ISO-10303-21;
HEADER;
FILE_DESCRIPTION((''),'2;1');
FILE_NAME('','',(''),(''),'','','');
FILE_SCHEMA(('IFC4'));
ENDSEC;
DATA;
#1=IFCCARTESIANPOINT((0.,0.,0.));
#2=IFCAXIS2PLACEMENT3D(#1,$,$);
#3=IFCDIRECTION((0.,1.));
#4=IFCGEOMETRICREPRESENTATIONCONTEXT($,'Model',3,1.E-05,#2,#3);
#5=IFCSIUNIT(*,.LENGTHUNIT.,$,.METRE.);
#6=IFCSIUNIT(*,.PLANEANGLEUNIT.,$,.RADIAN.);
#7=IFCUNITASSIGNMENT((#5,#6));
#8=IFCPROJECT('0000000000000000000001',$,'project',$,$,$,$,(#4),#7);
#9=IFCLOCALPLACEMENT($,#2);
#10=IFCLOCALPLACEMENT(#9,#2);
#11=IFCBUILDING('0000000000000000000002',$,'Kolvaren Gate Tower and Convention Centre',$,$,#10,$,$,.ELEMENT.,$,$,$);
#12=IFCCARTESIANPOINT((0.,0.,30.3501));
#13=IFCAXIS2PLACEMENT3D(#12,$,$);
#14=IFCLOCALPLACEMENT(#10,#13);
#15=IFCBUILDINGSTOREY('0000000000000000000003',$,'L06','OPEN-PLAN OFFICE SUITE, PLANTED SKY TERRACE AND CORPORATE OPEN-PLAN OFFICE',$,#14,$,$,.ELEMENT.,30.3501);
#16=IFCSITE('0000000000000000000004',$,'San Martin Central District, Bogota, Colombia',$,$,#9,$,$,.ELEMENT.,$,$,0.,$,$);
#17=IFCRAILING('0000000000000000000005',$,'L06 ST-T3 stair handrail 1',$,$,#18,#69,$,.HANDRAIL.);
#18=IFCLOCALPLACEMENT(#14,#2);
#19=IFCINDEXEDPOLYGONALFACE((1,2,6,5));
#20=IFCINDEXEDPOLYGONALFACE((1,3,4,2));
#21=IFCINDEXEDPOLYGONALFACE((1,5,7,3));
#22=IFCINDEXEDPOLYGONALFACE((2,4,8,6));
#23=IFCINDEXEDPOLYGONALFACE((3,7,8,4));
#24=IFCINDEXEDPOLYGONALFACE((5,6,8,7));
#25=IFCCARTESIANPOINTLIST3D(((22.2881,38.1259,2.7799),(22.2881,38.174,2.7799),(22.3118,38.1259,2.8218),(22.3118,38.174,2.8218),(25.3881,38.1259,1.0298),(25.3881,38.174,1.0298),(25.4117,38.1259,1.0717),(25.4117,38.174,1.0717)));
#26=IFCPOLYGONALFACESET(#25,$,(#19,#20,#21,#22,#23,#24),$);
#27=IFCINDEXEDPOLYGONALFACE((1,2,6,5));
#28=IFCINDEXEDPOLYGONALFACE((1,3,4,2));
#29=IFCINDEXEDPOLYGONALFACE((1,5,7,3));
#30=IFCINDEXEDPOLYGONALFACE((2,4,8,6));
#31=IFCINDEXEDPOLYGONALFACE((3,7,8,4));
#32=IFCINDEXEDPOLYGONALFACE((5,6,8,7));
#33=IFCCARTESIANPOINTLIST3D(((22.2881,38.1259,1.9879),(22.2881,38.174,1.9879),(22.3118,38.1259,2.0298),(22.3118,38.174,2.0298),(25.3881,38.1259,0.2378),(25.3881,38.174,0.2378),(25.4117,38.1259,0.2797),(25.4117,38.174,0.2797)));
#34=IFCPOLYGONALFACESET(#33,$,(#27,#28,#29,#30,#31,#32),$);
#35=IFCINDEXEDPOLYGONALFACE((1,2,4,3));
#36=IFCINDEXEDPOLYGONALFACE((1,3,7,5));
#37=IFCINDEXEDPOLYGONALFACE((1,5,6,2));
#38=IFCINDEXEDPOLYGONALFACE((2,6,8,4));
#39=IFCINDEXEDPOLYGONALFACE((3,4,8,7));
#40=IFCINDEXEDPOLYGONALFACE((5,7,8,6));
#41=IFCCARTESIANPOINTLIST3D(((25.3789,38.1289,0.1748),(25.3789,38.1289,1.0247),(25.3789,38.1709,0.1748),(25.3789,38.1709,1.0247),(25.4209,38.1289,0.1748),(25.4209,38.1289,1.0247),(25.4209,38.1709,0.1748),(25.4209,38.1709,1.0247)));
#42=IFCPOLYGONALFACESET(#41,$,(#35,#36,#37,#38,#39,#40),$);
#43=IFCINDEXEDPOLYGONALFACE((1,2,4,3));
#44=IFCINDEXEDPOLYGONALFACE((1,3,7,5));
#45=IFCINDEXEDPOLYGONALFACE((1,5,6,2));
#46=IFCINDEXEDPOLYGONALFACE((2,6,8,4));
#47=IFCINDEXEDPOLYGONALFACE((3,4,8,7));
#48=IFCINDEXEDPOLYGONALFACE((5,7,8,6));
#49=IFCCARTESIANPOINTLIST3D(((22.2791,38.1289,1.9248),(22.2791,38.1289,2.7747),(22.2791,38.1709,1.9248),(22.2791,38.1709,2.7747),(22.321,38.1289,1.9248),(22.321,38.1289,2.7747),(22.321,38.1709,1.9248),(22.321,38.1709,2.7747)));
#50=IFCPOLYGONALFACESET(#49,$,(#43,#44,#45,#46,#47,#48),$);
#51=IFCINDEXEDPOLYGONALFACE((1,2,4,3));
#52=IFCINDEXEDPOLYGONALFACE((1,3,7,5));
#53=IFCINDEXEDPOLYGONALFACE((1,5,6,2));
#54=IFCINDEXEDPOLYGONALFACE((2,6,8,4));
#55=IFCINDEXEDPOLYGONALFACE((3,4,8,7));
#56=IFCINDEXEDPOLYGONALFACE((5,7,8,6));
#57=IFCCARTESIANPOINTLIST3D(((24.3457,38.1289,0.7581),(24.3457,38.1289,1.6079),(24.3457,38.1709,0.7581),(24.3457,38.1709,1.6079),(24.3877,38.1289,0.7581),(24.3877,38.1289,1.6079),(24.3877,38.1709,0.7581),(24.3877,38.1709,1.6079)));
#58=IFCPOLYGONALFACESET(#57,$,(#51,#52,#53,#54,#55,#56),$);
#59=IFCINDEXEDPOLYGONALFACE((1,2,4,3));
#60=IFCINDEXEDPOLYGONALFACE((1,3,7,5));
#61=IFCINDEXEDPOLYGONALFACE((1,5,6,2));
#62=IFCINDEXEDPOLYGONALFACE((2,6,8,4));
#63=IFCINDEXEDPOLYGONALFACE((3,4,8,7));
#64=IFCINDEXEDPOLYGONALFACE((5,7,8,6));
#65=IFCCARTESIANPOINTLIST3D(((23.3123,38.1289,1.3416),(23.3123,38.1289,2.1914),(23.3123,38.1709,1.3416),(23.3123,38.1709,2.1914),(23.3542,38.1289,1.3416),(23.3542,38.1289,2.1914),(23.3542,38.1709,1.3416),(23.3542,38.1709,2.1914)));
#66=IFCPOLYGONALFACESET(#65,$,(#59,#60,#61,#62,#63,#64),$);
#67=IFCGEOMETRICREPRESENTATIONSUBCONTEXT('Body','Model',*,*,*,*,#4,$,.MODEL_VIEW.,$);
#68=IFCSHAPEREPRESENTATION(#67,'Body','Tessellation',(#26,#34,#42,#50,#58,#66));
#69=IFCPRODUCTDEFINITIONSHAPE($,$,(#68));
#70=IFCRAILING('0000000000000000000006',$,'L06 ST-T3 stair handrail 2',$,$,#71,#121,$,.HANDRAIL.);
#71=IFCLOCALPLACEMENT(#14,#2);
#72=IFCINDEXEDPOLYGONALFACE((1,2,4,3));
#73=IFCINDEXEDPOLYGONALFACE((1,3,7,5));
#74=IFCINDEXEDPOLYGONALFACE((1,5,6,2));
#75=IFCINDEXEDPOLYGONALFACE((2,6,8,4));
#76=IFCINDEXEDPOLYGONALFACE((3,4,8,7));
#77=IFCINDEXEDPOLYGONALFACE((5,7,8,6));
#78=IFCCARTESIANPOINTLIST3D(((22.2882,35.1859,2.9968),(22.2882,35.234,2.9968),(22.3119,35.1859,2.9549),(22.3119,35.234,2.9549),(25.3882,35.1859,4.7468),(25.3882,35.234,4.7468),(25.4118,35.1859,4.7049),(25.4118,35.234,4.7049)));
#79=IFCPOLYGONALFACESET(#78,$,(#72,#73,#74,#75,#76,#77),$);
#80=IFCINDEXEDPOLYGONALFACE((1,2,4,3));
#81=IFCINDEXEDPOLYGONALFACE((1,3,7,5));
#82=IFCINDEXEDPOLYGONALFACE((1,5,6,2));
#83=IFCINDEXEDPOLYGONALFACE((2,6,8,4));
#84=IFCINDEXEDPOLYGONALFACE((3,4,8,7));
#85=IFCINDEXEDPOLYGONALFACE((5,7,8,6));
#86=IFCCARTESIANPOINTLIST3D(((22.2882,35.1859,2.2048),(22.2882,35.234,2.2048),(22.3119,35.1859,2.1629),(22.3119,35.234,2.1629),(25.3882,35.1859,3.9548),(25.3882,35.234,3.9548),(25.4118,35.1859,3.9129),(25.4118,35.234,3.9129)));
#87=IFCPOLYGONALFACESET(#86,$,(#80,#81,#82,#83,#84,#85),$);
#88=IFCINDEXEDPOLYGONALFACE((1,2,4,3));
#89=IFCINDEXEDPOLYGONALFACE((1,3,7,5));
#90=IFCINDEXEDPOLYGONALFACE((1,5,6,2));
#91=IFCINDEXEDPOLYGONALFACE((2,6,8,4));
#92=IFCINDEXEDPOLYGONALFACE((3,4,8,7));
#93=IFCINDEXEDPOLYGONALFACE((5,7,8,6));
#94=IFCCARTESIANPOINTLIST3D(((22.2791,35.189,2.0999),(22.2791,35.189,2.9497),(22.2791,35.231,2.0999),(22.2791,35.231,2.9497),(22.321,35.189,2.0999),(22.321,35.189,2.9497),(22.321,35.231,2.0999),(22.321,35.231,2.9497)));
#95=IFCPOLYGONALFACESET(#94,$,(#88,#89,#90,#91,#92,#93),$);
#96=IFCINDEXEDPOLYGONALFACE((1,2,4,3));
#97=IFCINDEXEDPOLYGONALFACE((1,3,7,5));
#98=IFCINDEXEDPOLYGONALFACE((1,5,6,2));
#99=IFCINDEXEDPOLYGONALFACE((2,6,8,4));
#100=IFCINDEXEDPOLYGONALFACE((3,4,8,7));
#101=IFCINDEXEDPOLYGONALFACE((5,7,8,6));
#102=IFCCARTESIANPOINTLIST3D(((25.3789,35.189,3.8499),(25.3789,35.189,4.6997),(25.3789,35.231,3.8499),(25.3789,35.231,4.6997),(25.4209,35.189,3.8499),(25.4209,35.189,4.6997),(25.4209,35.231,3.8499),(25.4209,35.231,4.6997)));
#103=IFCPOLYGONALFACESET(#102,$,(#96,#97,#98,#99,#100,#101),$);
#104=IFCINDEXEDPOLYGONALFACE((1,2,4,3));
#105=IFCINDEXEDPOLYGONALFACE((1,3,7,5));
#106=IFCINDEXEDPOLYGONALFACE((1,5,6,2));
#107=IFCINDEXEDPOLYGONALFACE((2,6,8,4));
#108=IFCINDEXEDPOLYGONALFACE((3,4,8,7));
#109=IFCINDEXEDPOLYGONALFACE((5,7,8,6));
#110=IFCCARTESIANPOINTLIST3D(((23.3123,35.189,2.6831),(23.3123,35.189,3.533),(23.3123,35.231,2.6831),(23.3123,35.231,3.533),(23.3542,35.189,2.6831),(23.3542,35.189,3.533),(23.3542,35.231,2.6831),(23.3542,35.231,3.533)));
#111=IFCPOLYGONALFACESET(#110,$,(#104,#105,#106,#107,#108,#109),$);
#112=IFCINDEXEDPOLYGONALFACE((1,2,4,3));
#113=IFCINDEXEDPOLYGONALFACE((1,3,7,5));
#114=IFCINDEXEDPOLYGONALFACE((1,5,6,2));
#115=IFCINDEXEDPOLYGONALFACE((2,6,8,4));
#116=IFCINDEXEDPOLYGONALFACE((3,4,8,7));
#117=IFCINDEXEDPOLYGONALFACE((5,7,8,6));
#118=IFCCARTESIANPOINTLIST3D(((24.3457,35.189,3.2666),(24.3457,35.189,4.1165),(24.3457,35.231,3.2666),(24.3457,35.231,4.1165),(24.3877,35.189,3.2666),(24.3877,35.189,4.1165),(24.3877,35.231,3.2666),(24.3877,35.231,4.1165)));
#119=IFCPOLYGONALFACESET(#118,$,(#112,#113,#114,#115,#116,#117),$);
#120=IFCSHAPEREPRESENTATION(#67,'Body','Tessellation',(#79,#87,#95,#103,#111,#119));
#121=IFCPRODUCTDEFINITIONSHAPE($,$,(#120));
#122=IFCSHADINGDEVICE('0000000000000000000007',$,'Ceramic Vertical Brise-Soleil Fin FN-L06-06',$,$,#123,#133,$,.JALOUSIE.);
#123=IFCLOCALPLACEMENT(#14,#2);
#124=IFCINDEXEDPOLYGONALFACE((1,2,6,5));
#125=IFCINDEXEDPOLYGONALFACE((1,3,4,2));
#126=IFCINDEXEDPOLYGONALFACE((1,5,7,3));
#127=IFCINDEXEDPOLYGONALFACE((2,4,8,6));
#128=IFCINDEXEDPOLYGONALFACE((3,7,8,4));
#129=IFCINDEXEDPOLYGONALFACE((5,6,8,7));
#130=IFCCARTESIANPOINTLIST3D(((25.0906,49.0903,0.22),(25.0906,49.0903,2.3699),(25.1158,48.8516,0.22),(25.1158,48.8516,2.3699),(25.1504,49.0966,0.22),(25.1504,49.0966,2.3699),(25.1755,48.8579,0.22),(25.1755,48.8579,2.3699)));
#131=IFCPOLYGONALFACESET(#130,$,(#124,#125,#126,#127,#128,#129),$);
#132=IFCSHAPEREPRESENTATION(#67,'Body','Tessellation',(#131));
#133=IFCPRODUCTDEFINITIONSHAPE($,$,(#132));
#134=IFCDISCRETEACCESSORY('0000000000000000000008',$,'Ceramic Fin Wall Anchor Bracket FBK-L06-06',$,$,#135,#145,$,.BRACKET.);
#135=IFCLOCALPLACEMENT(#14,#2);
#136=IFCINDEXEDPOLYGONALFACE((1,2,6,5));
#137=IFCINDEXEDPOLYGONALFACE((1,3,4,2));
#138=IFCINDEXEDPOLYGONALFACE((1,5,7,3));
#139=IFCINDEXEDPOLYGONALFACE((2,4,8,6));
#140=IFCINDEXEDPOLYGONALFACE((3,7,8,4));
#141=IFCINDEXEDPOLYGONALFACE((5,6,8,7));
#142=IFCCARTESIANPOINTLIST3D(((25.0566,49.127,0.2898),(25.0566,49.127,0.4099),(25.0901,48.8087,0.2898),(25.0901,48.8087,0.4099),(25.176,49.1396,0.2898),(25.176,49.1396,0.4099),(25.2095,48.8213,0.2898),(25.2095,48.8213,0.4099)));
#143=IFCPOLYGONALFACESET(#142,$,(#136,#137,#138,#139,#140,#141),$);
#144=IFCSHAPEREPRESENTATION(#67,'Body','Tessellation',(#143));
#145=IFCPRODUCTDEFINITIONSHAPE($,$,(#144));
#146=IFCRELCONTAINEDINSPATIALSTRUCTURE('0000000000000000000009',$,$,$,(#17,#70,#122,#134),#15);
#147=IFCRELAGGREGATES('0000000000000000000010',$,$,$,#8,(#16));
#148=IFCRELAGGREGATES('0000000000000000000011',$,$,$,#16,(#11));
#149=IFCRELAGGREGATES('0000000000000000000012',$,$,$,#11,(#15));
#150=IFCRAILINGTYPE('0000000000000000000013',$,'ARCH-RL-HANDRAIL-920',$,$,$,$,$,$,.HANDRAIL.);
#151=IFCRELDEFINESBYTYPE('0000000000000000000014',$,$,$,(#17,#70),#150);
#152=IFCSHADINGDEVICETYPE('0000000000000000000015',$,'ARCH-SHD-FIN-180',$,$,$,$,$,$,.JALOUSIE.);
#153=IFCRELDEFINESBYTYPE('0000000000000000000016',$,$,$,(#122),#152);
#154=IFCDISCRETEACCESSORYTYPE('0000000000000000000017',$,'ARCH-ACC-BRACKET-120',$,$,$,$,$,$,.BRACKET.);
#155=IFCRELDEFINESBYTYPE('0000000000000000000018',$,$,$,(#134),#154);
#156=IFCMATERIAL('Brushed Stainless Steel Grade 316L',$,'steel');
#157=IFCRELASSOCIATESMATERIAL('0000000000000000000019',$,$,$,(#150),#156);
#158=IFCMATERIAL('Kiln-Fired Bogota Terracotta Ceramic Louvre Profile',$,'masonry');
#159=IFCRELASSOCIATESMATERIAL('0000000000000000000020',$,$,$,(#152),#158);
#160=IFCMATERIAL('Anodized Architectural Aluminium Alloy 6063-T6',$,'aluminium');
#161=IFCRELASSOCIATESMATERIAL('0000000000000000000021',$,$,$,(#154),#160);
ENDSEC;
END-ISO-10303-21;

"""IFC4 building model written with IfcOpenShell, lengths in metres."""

from ifc_helpers import new_model, si_unit, direction, frame, origin, origin_2d, place, context, subcontext, project, spatial, rectangle, extrude, material, type_object, element, save


model = new_model("IFC4")

# Units and contexts
model_context = context("Model", 3, precision=1e-05, world=origin(), true_north=direction((0.0, 1.0)))
body_context = subcontext(model_context, "Body", "Model", "MODEL_VIEW")
ifc_project = project(units=[si_unit("LENGTHUNIT", "METRE"), si_unit("PLANEANGLEUNIT", "RADIAN")], contexts=[model_context])

# Site, building, storey
site_placement = place(None, origin())
site = spatial("IfcSite", under=ifc_project, at=site_placement, Name="San Martin Central District, Bogota, Colombia", CompositionType="ELEMENT", RefElevation=0.0)
building_placement = place(site_placement, origin())
building = spatial("IfcBuilding", under=site, at=building_placement, Name="Kolvaren Gate Tower and Convention Centre", CompositionType="ELEMENT")
storey_placement = place(building_placement, frame((0.0, 0.0, 30.3501)))
storey = spatial("IfcBuildingStorey", under=building, at=storey_placement, Name="L06", Description="OPEN-PLAN OFFICE SUITE, PLANTED SKY TERRACE AND CORPORATE OPEN-PLAN OFFICE", CompositionType="ELEMENT", Elevation=30.3501)

# Shared definitions
ifc_material_1 = material(Name="Anodized Architectural Aluminium Alloy 6063-T6", Category="aluminium")

# Railings
ifc_material_2 = material(Name="Brushed Stainless Steel Grade 316L", Category="steel")
railing_type_1 = type_object("IfcRailingType", Name="ARCH-RL-HANDRAIL-920", PredefinedType="HANDRAIL", material=ifc_material_2)
railing_1_placement = place(storey_placement, frame((25.3999, 38.1499, 0.1748)))
element("IfcRailing", 1, at=railing_1_placement, inside=storey, type_object=railing_type_1, Name="L06 ST-T3 stair handrail 1", PredefinedType="HANDRAIL", context=body_context, shape_type="SweptSolid", body=[
    extrude(rectangle(XDim=0.0481, YDim=0.0481, at=origin_2d()), frame((0.0, 0.0, 0.876), z_axis=(-0.870814, 0.0, 0.491612), x_axis=(0.0, -1.0, 0.0)), (0.0, 0.0, 1.0), 3.5598),
    extrude(rectangle(XDim=0.0481, YDim=0.0481, at=origin_2d()), frame((0.0, 0.0, 0.084), z_axis=(-0.870814, 0.0, 0.491612), x_axis=(0.0, -1.0, 0.0)), (0.0, 0.0, 1.0), 3.5598),
    extrude(rectangle(XDim=0.042, YDim=0.042, at=origin_2d()), origin(), (0.0, 0.0, 1.0), 0.8499),
    extrude(rectangle(XDim=0.042, YDim=0.042, at=origin_2d()), frame((-3.0999, 0.0, 1.75)), (0.0, 0.0, 1.0), 0.8499),
    extrude(rectangle(XDim=0.042, YDim=0.042, at=origin_2d()), frame((-1.0332, 0.0, 0.5833)), (0.0, 0.0, 1.0), 0.8499),
    extrude(rectangle(XDim=0.042, YDim=0.042, at=origin_2d()), frame((-2.0667, 0.0, 1.1667)), (0.0, 0.0, 1.0), 0.8499),
])
railing_2_placement = place(storey_placement, frame((22.3, 35.21, 2.0999)))
element("IfcRailing", 2, at=railing_2_placement, inside=storey, type_object=railing_type_1, Name="L06 ST-T3 stair handrail 2", PredefinedType="HANDRAIL", context=body_context, shape_type="SweptSolid", body=[
    extrude(rectangle(XDim=0.0481, YDim=0.0481, at=origin_2d()), frame((0.0, 0.0, 0.876), z_axis=(0.870814, 0.0, 0.491612), x_axis=(0.0, 1.0, 0.0)), (0.0, 0.0, 1.0), 3.5598),
    extrude(rectangle(XDim=0.0481, YDim=0.0481, at=origin_2d()), frame((0.0, 0.0, 0.084), z_axis=(0.870814, 0.0, 0.491612), x_axis=(0.0, 1.0, 0.0)), (0.0, 0.0, 1.0), 3.5598),
    extrude(rectangle(XDim=0.042, YDim=0.042, at=origin_2d()), origin(), (0.0, 0.0, 1.0), 0.8499),
    extrude(rectangle(XDim=0.042, YDim=0.042, at=origin_2d()), frame((3.0999, 0.0, 1.75)), (0.0, 0.0, 1.0), 0.8499),
    extrude(rectangle(XDim=0.042, YDim=0.042, at=origin_2d()), frame((1.0332, 0.0, 0.5833)), (0.0, 0.0, 1.0), 0.8499),
    extrude(rectangle(XDim=0.042, YDim=0.042, at=origin_2d()), frame((2.0667, 0.0, 1.1667)), (0.0, 0.0, 1.0), 0.8499),
])

# Shading device
ifc_material_3 = material(Name="Kiln-Fired Bogota Terracotta Ceramic Louvre Profile", Category="masonry")
shading_device_type = type_object("IfcShadingDeviceType", Name="ARCH-SHD-FIN-180", PredefinedType="JALOUSIE", material=ifc_material_3)
shading_device_placement = place(storey_placement, frame((25.1331, 48.9741, 0.22), z_axis=(0.0, 0.0, 1.0), x_axis=(0.994499, 0.104747, 0.0)))
element("IfcShadingDevice", 3, at=shading_device_placement, inside=storey, type_object=shading_device_type, Name="Ceramic Vertical Brise-Soleil Fin FN-L06-06", PredefinedType="JALOUSIE", context=body_context, shape_type="SweptSolid", body=[
    extrude(rectangle(XDim=0.0601, YDim=0.24, at=origin_2d()), origin(), (0.0, 0.0, 1.0), 2.1499),
])

# Discrete accessory
discrete_accessory_type = type_object("IfcDiscreteAccessoryType", Name="ARCH-ACC-BRACKET-120", PredefinedType="BRACKET", material=ifc_material_1)
discrete_accessory_placement = place(storey_placement, frame((25.1331, 48.9741, 0.2898), z_axis=(0.0, 0.0, 1.0), x_axis=(0.994499, 0.104747, 0.0)))
element("IfcDiscreteAccessory", 4, at=discrete_accessory_placement, inside=storey, type_object=discrete_accessory_type, Name="Ceramic Fin Wall Anchor Bracket FBK-L06-06", PredefinedType="BRACKET", context=body_context, shape_type="SweptSolid", body=[
    extrude(rectangle(XDim=0.1201, YDim=0.3201, at=origin_2d()), origin(), (0.0, 0.0, 1.0), 0.1201),
])

save(model, "model.ifc")
